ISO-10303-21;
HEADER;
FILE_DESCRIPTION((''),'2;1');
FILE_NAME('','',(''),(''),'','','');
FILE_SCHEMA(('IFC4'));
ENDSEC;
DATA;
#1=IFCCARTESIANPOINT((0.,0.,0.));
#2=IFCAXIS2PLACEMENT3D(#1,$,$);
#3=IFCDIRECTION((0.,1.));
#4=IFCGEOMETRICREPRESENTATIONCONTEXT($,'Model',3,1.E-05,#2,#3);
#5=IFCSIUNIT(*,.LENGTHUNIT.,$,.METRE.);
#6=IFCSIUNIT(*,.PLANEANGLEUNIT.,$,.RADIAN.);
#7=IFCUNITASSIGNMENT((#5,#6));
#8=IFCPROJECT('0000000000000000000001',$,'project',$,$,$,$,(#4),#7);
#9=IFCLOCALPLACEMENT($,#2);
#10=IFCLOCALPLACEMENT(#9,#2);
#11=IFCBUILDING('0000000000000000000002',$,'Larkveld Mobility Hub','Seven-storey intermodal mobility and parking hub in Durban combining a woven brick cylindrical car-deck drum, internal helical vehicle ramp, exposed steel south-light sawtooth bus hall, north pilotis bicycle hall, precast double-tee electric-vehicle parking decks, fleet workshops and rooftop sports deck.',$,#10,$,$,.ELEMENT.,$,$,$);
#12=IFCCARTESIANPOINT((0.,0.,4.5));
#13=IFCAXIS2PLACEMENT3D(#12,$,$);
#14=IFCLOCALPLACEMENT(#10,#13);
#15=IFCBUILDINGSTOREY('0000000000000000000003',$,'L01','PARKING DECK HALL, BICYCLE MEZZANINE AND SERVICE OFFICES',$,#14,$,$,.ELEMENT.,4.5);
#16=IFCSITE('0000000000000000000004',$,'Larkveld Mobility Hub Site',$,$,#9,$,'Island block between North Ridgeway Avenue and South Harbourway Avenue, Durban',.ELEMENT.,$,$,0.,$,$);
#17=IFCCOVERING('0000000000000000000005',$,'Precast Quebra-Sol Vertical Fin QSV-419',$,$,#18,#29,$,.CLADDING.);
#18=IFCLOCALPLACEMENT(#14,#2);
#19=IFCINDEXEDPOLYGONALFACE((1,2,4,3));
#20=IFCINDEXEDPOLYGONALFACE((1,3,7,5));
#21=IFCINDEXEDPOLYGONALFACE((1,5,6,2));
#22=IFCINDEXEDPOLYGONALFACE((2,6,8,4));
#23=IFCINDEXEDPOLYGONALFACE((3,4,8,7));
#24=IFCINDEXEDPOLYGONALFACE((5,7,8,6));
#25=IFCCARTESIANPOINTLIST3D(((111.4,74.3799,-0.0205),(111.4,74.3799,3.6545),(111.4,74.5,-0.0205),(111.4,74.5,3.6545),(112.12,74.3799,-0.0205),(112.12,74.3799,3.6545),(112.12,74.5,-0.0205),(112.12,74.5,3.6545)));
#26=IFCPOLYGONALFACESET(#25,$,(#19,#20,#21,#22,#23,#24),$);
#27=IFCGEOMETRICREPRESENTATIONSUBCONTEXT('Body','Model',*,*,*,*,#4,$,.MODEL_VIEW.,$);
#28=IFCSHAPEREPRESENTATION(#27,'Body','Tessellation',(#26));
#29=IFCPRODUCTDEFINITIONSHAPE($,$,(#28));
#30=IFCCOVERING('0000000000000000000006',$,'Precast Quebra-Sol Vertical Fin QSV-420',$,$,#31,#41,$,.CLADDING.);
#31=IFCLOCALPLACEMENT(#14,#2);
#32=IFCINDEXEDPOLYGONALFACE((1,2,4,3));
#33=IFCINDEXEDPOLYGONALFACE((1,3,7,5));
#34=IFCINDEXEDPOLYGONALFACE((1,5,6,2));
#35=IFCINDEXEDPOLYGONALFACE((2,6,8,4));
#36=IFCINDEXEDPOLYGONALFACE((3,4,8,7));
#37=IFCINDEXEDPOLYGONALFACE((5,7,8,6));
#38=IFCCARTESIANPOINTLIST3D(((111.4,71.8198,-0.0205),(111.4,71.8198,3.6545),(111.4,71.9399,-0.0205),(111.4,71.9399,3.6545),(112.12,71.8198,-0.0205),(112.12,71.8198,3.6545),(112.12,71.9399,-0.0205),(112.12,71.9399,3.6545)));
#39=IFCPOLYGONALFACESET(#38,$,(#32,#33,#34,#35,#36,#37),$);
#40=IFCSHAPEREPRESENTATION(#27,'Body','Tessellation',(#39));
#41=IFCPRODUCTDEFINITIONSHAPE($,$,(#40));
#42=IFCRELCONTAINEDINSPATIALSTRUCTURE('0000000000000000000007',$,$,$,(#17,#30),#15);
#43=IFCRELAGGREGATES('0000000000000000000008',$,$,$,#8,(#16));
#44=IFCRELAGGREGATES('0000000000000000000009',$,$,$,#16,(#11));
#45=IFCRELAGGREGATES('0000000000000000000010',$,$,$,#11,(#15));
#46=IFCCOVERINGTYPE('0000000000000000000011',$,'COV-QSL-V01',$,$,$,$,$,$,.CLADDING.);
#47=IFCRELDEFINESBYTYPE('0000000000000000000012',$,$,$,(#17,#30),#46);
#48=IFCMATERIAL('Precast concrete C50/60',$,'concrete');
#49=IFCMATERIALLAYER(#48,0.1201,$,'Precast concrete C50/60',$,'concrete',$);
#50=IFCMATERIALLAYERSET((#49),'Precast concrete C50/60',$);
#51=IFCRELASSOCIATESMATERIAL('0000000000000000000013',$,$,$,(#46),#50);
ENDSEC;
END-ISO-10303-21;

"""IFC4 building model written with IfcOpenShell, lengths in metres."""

from ifc_helpers import new_model, si_unit, direction, frame, origin, origin_2d, place, context, subcontext, project, spatial, rectangle, extrude, material, layer, layer_set, type_object, element, save


model = new_model("IFC4")

# Units and contexts
model_context = context("Model", 3, precision=1e-05, world=origin(), true_north=direction((0.0, 1.0)))
body_context = subcontext(model_context, "Body", "Model", "MODEL_VIEW")
ifc_project = project(units=[si_unit("LENGTHUNIT", "METRE"), si_unit("PLANEANGLEUNIT", "RADIAN")], contexts=[model_context])

# Site, building, storey
site_placement = place(None, origin())
site = spatial("IfcSite", under=ifc_project, at=site_placement, Name="Larkveld Mobility Hub Site", LongName="Island block between North Ridgeway Avenue and South Harbourway Avenue, Durban", CompositionType="ELEMENT", RefElevation=0.0)
building_placement = place(site_placement, origin())
building = spatial("IfcBuilding", under=site, at=building_placement, Name="Larkveld Mobility Hub", Description="Seven-storey intermodal mobility and parking hub in Durban combining a woven brick cylindrical car-deck drum, internal helical vehicle ramp, exposed steel south-light sawtooth bus hall, north pilotis bicycle hall, precast double-tee electric-vehicle parking decks, fleet workshops and rooftop sports deck.", CompositionType="ELEMENT")
storey_placement = place(building_placement, frame((0.0, 0.0, 4.5)))
storey = spatial("IfcBuildingStorey", under=building, at=storey_placement, Name="L01", Description="PARKING DECK HALL, BICYCLE MEZZANINE AND SERVICE OFFICES", CompositionType="ELEMENT", Elevation=4.5)

# Shared definitions
ifc_material_1 = material(Name="Precast concrete C50/60", Category="concrete")

# Coverings
ifc_layer_1 = layer(ifc_material_1, 0.1201, Name="Precast concrete C50/60", Category="concrete")
ifc_layer_set_1 = layer_set([ifc_layer_1], Name="Precast concrete C50/60")
covering_type_1 = type_object("IfcCoveringType", Name="COV-QSL-V01", PredefinedType="CLADDING", material=ifc_layer_set_1)
for number, where, z_axis, x_axis, name in (
    (1, (111.76, 74.4399, -0.0205), (0.0, 0.0, 1.0), (0.0, -1.0, 0.0), "Precast Quebra-Sol Vertical Fin QSV-419"),
    (2, (111.76, 71.8799, -0.0205), (0.0, 0.0, 1.0), (0.0, -1.0, 0.0), "Precast Quebra-Sol Vertical Fin QSV-420"),
):
    element("IfcCovering", number, at=place(storey_placement, frame(where, z_axis=z_axis, x_axis=x_axis)), inside=storey, type_object=covering_type_1, Name=name, PredefinedType="CLADDING", context=body_context, shape_type="SweptSolid", body=[
        extrude(rectangle(XDim=0.1201, YDim=0.72, at=origin_2d()), origin(), (0.0, 0.0, 1.0), 3.675),
    ])

save(model, "model.ifc")
